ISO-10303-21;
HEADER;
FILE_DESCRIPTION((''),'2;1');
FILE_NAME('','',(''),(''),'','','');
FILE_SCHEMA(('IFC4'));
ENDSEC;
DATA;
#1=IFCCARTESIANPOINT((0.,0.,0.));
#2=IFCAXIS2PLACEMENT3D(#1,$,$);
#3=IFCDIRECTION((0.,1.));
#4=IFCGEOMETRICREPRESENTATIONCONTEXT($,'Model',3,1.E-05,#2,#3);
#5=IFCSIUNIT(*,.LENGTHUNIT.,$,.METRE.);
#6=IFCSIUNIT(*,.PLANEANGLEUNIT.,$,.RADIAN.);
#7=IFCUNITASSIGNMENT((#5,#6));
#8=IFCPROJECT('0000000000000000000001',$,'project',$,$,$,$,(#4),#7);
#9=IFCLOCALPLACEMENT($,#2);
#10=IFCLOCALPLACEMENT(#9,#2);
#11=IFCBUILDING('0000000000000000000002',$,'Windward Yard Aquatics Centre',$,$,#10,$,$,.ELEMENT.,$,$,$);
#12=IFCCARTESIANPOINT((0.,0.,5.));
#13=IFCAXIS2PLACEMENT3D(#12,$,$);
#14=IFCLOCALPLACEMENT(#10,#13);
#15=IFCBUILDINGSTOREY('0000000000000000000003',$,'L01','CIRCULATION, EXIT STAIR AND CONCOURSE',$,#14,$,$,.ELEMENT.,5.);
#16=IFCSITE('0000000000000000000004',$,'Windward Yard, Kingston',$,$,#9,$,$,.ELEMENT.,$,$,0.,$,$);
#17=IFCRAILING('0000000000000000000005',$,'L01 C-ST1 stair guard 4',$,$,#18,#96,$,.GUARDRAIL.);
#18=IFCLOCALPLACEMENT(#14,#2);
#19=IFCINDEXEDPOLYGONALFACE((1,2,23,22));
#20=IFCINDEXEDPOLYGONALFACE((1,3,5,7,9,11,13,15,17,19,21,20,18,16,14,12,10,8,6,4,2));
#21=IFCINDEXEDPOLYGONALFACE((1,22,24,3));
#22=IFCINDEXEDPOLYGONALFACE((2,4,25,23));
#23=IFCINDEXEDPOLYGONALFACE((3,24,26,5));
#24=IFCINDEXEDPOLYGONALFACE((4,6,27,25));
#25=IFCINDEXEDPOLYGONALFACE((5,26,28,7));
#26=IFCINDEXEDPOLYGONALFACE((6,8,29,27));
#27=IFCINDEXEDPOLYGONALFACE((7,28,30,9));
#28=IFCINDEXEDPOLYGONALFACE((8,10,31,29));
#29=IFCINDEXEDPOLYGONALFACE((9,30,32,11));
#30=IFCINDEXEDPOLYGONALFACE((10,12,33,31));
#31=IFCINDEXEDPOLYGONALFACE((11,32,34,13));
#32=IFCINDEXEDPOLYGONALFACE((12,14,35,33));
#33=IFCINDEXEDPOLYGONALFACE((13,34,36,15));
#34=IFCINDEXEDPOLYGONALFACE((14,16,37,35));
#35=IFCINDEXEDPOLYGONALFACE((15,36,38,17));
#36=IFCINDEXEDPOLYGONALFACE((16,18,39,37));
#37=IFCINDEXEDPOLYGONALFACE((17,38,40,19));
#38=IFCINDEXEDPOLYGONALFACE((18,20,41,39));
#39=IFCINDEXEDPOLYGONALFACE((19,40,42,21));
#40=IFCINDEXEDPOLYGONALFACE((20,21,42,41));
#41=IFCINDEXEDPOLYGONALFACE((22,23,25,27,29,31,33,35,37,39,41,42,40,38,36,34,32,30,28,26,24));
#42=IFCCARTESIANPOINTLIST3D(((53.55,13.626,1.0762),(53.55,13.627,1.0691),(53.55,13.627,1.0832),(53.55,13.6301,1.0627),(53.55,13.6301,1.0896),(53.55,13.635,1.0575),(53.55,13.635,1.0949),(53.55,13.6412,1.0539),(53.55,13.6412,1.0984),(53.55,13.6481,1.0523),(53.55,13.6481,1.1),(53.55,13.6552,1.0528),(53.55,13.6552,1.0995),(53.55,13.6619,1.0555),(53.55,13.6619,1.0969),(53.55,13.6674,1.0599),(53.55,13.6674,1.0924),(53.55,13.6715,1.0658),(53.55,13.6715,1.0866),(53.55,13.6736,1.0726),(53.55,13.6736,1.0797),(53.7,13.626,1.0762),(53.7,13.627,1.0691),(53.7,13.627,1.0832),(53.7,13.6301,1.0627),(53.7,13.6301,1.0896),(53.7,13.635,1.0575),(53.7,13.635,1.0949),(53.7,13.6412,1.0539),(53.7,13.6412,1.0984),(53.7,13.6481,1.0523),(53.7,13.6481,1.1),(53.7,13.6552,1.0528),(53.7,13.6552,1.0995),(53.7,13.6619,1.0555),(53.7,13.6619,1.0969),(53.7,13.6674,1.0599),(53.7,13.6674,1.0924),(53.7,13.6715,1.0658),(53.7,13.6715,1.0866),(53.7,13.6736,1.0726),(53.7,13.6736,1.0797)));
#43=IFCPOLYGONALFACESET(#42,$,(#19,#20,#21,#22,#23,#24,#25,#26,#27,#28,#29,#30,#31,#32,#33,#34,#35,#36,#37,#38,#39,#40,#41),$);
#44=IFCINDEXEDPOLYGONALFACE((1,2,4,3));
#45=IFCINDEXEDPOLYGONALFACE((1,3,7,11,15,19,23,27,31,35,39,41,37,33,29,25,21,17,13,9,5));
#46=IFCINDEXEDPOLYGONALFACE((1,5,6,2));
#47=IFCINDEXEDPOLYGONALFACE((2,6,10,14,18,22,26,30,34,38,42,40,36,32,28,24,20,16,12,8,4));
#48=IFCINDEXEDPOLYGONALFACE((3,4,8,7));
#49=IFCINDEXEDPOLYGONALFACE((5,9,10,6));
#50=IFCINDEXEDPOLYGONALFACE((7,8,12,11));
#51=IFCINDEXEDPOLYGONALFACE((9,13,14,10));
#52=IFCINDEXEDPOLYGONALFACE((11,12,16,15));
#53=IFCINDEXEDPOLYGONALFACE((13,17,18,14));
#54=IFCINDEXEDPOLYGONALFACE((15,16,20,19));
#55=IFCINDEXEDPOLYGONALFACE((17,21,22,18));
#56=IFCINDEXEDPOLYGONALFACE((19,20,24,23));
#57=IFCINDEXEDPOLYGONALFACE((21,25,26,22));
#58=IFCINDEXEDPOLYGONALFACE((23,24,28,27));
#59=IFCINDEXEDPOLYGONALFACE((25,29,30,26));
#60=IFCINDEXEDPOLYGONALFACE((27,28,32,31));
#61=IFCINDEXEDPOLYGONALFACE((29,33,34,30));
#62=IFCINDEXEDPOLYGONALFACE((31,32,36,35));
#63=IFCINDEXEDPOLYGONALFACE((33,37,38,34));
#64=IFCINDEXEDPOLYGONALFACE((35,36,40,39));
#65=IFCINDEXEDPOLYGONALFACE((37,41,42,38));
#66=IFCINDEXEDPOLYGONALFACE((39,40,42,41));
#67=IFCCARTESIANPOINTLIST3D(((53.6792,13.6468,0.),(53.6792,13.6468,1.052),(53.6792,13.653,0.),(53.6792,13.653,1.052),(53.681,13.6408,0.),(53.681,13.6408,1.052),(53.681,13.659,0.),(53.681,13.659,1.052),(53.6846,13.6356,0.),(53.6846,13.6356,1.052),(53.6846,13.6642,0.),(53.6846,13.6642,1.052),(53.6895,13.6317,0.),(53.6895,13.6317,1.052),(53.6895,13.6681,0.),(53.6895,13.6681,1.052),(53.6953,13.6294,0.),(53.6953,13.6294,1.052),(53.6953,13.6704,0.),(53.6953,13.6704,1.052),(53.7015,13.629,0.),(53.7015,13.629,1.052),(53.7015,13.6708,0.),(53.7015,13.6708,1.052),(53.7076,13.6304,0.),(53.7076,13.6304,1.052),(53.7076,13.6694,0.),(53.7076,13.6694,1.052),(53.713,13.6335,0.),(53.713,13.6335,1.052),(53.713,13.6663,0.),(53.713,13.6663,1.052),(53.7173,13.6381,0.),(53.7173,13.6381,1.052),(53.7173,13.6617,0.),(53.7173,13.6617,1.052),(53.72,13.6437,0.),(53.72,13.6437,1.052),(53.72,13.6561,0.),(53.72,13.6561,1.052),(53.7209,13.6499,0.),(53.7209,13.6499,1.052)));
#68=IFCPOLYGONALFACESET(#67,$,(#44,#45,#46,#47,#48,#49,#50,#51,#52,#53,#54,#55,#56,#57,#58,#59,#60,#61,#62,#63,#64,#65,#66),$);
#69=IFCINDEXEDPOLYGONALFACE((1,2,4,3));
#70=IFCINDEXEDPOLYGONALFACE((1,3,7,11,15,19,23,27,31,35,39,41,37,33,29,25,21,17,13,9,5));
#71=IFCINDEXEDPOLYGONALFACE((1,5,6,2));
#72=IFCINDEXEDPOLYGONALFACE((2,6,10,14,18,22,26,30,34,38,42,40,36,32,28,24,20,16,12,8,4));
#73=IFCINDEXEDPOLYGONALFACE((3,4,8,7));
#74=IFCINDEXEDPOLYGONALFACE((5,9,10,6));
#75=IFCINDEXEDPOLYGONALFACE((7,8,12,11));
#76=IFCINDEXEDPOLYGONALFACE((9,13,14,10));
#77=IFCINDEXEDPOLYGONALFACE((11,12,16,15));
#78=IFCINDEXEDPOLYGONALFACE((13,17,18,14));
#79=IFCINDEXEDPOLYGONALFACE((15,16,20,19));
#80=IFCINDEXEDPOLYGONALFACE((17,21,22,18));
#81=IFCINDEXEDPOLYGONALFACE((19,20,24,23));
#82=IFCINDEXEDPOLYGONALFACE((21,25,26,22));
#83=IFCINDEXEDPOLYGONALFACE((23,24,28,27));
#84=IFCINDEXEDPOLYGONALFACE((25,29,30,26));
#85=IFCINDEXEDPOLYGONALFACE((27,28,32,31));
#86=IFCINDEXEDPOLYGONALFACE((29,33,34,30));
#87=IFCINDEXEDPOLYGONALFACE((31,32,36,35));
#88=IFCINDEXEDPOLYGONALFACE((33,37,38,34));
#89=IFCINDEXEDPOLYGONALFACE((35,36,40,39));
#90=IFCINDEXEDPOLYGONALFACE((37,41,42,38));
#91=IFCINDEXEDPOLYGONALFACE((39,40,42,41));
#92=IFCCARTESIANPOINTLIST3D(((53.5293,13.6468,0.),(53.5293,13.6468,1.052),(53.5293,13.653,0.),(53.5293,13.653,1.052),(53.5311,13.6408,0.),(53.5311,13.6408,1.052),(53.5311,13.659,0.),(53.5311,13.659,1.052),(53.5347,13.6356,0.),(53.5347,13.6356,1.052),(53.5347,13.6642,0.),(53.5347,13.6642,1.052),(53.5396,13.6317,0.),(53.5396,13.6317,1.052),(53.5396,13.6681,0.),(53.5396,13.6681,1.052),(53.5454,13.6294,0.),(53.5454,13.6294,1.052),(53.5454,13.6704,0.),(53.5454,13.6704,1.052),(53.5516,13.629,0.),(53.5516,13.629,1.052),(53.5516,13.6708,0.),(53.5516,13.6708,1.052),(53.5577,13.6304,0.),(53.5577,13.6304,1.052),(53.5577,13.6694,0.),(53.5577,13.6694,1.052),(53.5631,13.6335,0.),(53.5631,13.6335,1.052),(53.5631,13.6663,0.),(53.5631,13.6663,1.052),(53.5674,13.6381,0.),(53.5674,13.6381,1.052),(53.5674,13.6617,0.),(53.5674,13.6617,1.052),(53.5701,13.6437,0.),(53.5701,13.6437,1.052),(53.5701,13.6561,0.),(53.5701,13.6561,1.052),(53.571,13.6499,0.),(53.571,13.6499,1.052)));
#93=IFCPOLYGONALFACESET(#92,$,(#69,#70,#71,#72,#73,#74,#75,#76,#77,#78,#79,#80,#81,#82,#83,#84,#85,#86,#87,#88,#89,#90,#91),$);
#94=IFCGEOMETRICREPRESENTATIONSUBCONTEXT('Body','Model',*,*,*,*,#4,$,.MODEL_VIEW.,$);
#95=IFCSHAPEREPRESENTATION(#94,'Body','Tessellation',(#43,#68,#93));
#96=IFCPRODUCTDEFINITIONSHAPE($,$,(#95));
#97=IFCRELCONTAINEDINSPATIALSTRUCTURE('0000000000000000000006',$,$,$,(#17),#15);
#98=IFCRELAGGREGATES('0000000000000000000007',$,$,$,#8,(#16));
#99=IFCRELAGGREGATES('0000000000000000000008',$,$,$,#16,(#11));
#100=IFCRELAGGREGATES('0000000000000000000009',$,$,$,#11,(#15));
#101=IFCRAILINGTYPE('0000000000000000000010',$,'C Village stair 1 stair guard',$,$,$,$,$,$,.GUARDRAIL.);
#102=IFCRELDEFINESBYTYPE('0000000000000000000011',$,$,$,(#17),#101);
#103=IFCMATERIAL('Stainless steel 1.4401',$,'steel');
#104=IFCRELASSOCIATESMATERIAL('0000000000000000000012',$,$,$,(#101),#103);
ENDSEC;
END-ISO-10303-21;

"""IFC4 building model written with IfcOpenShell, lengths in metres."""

from ifc_helpers import new_model, si_unit, direction, frame, origin, origin_2d, place, context, subcontext, project, spatial, circle, extrude, material, type_object, element, save


model = new_model("IFC4")

# Units and contexts
model_context = context("Model", 3, precision=1e-05, world=origin(), true_north=direction((0.0, 1.0)))
body_context = subcontext(model_context, "Body", "Model", "MODEL_VIEW")
ifc_project = project(units=[si_unit("LENGTHUNIT", "METRE"), si_unit("PLANEANGLEUNIT", "RADIAN")], contexts=[model_context])

# Site, building, storey
site_placement = place(None, origin())
site = spatial("IfcSite", under=ifc_project, at=site_placement, Name="Windward Yard, Kingston", CompositionType="ELEMENT", RefElevation=0.0)
building_placement = place(site_placement, origin())
building = spatial("IfcBuilding", under=site, at=building_placement, Name="Windward Yard Aquatics Centre", CompositionType="ELEMENT")
storey_placement = place(building_placement, frame((0.0, 0.0, 5.0)))
storey = spatial("IfcBuildingStorey", under=building, at=storey_placement, Name="L01", Description="CIRCULATION, EXIT STAIR AND CONCOURSE", CompositionType="ELEMENT", Elevation=5.0)

# Railing
ifc_material_1 = material(Name="Stainless steel 1.4401", Category="steel")
railing_type_1 = type_object("IfcRailingType", Name="C Village stair 1 stair guard", PredefinedType="GUARDRAIL", material=ifc_material_1)
railing_1_placement = place(storey_placement, frame((53.7, 13.6499, 0.0)))
element("IfcRailing", 1, at=railing_1_placement, inside=storey, type_object=railing_type_1, Name="L01 C-ST1 stair guard 4", PredefinedType="GUARDRAIL", context=body_context, shape_type="SweptSolid", body=[
    extrude(circle(Radius=0.0239, at=origin_2d()), frame((0.0, 0.0, 1.0762), z_axis=(-1.0, 0.0, 0.0), x_axis=(0.0, -1.0, 0.0)), (0.0, 0.0, 1.0), 0.1499),
    extrude(circle(Radius=0.021, at=origin_2d()), origin(), (0.0, 0.0, 1.0), 1.052),
    extrude(circle(Radius=0.021, at=origin_2d()), frame((-0.1499, 0.0, 0.0)), (0.0, 0.0, 1.0), 1.052),
])

save(model, "model.ifc")
